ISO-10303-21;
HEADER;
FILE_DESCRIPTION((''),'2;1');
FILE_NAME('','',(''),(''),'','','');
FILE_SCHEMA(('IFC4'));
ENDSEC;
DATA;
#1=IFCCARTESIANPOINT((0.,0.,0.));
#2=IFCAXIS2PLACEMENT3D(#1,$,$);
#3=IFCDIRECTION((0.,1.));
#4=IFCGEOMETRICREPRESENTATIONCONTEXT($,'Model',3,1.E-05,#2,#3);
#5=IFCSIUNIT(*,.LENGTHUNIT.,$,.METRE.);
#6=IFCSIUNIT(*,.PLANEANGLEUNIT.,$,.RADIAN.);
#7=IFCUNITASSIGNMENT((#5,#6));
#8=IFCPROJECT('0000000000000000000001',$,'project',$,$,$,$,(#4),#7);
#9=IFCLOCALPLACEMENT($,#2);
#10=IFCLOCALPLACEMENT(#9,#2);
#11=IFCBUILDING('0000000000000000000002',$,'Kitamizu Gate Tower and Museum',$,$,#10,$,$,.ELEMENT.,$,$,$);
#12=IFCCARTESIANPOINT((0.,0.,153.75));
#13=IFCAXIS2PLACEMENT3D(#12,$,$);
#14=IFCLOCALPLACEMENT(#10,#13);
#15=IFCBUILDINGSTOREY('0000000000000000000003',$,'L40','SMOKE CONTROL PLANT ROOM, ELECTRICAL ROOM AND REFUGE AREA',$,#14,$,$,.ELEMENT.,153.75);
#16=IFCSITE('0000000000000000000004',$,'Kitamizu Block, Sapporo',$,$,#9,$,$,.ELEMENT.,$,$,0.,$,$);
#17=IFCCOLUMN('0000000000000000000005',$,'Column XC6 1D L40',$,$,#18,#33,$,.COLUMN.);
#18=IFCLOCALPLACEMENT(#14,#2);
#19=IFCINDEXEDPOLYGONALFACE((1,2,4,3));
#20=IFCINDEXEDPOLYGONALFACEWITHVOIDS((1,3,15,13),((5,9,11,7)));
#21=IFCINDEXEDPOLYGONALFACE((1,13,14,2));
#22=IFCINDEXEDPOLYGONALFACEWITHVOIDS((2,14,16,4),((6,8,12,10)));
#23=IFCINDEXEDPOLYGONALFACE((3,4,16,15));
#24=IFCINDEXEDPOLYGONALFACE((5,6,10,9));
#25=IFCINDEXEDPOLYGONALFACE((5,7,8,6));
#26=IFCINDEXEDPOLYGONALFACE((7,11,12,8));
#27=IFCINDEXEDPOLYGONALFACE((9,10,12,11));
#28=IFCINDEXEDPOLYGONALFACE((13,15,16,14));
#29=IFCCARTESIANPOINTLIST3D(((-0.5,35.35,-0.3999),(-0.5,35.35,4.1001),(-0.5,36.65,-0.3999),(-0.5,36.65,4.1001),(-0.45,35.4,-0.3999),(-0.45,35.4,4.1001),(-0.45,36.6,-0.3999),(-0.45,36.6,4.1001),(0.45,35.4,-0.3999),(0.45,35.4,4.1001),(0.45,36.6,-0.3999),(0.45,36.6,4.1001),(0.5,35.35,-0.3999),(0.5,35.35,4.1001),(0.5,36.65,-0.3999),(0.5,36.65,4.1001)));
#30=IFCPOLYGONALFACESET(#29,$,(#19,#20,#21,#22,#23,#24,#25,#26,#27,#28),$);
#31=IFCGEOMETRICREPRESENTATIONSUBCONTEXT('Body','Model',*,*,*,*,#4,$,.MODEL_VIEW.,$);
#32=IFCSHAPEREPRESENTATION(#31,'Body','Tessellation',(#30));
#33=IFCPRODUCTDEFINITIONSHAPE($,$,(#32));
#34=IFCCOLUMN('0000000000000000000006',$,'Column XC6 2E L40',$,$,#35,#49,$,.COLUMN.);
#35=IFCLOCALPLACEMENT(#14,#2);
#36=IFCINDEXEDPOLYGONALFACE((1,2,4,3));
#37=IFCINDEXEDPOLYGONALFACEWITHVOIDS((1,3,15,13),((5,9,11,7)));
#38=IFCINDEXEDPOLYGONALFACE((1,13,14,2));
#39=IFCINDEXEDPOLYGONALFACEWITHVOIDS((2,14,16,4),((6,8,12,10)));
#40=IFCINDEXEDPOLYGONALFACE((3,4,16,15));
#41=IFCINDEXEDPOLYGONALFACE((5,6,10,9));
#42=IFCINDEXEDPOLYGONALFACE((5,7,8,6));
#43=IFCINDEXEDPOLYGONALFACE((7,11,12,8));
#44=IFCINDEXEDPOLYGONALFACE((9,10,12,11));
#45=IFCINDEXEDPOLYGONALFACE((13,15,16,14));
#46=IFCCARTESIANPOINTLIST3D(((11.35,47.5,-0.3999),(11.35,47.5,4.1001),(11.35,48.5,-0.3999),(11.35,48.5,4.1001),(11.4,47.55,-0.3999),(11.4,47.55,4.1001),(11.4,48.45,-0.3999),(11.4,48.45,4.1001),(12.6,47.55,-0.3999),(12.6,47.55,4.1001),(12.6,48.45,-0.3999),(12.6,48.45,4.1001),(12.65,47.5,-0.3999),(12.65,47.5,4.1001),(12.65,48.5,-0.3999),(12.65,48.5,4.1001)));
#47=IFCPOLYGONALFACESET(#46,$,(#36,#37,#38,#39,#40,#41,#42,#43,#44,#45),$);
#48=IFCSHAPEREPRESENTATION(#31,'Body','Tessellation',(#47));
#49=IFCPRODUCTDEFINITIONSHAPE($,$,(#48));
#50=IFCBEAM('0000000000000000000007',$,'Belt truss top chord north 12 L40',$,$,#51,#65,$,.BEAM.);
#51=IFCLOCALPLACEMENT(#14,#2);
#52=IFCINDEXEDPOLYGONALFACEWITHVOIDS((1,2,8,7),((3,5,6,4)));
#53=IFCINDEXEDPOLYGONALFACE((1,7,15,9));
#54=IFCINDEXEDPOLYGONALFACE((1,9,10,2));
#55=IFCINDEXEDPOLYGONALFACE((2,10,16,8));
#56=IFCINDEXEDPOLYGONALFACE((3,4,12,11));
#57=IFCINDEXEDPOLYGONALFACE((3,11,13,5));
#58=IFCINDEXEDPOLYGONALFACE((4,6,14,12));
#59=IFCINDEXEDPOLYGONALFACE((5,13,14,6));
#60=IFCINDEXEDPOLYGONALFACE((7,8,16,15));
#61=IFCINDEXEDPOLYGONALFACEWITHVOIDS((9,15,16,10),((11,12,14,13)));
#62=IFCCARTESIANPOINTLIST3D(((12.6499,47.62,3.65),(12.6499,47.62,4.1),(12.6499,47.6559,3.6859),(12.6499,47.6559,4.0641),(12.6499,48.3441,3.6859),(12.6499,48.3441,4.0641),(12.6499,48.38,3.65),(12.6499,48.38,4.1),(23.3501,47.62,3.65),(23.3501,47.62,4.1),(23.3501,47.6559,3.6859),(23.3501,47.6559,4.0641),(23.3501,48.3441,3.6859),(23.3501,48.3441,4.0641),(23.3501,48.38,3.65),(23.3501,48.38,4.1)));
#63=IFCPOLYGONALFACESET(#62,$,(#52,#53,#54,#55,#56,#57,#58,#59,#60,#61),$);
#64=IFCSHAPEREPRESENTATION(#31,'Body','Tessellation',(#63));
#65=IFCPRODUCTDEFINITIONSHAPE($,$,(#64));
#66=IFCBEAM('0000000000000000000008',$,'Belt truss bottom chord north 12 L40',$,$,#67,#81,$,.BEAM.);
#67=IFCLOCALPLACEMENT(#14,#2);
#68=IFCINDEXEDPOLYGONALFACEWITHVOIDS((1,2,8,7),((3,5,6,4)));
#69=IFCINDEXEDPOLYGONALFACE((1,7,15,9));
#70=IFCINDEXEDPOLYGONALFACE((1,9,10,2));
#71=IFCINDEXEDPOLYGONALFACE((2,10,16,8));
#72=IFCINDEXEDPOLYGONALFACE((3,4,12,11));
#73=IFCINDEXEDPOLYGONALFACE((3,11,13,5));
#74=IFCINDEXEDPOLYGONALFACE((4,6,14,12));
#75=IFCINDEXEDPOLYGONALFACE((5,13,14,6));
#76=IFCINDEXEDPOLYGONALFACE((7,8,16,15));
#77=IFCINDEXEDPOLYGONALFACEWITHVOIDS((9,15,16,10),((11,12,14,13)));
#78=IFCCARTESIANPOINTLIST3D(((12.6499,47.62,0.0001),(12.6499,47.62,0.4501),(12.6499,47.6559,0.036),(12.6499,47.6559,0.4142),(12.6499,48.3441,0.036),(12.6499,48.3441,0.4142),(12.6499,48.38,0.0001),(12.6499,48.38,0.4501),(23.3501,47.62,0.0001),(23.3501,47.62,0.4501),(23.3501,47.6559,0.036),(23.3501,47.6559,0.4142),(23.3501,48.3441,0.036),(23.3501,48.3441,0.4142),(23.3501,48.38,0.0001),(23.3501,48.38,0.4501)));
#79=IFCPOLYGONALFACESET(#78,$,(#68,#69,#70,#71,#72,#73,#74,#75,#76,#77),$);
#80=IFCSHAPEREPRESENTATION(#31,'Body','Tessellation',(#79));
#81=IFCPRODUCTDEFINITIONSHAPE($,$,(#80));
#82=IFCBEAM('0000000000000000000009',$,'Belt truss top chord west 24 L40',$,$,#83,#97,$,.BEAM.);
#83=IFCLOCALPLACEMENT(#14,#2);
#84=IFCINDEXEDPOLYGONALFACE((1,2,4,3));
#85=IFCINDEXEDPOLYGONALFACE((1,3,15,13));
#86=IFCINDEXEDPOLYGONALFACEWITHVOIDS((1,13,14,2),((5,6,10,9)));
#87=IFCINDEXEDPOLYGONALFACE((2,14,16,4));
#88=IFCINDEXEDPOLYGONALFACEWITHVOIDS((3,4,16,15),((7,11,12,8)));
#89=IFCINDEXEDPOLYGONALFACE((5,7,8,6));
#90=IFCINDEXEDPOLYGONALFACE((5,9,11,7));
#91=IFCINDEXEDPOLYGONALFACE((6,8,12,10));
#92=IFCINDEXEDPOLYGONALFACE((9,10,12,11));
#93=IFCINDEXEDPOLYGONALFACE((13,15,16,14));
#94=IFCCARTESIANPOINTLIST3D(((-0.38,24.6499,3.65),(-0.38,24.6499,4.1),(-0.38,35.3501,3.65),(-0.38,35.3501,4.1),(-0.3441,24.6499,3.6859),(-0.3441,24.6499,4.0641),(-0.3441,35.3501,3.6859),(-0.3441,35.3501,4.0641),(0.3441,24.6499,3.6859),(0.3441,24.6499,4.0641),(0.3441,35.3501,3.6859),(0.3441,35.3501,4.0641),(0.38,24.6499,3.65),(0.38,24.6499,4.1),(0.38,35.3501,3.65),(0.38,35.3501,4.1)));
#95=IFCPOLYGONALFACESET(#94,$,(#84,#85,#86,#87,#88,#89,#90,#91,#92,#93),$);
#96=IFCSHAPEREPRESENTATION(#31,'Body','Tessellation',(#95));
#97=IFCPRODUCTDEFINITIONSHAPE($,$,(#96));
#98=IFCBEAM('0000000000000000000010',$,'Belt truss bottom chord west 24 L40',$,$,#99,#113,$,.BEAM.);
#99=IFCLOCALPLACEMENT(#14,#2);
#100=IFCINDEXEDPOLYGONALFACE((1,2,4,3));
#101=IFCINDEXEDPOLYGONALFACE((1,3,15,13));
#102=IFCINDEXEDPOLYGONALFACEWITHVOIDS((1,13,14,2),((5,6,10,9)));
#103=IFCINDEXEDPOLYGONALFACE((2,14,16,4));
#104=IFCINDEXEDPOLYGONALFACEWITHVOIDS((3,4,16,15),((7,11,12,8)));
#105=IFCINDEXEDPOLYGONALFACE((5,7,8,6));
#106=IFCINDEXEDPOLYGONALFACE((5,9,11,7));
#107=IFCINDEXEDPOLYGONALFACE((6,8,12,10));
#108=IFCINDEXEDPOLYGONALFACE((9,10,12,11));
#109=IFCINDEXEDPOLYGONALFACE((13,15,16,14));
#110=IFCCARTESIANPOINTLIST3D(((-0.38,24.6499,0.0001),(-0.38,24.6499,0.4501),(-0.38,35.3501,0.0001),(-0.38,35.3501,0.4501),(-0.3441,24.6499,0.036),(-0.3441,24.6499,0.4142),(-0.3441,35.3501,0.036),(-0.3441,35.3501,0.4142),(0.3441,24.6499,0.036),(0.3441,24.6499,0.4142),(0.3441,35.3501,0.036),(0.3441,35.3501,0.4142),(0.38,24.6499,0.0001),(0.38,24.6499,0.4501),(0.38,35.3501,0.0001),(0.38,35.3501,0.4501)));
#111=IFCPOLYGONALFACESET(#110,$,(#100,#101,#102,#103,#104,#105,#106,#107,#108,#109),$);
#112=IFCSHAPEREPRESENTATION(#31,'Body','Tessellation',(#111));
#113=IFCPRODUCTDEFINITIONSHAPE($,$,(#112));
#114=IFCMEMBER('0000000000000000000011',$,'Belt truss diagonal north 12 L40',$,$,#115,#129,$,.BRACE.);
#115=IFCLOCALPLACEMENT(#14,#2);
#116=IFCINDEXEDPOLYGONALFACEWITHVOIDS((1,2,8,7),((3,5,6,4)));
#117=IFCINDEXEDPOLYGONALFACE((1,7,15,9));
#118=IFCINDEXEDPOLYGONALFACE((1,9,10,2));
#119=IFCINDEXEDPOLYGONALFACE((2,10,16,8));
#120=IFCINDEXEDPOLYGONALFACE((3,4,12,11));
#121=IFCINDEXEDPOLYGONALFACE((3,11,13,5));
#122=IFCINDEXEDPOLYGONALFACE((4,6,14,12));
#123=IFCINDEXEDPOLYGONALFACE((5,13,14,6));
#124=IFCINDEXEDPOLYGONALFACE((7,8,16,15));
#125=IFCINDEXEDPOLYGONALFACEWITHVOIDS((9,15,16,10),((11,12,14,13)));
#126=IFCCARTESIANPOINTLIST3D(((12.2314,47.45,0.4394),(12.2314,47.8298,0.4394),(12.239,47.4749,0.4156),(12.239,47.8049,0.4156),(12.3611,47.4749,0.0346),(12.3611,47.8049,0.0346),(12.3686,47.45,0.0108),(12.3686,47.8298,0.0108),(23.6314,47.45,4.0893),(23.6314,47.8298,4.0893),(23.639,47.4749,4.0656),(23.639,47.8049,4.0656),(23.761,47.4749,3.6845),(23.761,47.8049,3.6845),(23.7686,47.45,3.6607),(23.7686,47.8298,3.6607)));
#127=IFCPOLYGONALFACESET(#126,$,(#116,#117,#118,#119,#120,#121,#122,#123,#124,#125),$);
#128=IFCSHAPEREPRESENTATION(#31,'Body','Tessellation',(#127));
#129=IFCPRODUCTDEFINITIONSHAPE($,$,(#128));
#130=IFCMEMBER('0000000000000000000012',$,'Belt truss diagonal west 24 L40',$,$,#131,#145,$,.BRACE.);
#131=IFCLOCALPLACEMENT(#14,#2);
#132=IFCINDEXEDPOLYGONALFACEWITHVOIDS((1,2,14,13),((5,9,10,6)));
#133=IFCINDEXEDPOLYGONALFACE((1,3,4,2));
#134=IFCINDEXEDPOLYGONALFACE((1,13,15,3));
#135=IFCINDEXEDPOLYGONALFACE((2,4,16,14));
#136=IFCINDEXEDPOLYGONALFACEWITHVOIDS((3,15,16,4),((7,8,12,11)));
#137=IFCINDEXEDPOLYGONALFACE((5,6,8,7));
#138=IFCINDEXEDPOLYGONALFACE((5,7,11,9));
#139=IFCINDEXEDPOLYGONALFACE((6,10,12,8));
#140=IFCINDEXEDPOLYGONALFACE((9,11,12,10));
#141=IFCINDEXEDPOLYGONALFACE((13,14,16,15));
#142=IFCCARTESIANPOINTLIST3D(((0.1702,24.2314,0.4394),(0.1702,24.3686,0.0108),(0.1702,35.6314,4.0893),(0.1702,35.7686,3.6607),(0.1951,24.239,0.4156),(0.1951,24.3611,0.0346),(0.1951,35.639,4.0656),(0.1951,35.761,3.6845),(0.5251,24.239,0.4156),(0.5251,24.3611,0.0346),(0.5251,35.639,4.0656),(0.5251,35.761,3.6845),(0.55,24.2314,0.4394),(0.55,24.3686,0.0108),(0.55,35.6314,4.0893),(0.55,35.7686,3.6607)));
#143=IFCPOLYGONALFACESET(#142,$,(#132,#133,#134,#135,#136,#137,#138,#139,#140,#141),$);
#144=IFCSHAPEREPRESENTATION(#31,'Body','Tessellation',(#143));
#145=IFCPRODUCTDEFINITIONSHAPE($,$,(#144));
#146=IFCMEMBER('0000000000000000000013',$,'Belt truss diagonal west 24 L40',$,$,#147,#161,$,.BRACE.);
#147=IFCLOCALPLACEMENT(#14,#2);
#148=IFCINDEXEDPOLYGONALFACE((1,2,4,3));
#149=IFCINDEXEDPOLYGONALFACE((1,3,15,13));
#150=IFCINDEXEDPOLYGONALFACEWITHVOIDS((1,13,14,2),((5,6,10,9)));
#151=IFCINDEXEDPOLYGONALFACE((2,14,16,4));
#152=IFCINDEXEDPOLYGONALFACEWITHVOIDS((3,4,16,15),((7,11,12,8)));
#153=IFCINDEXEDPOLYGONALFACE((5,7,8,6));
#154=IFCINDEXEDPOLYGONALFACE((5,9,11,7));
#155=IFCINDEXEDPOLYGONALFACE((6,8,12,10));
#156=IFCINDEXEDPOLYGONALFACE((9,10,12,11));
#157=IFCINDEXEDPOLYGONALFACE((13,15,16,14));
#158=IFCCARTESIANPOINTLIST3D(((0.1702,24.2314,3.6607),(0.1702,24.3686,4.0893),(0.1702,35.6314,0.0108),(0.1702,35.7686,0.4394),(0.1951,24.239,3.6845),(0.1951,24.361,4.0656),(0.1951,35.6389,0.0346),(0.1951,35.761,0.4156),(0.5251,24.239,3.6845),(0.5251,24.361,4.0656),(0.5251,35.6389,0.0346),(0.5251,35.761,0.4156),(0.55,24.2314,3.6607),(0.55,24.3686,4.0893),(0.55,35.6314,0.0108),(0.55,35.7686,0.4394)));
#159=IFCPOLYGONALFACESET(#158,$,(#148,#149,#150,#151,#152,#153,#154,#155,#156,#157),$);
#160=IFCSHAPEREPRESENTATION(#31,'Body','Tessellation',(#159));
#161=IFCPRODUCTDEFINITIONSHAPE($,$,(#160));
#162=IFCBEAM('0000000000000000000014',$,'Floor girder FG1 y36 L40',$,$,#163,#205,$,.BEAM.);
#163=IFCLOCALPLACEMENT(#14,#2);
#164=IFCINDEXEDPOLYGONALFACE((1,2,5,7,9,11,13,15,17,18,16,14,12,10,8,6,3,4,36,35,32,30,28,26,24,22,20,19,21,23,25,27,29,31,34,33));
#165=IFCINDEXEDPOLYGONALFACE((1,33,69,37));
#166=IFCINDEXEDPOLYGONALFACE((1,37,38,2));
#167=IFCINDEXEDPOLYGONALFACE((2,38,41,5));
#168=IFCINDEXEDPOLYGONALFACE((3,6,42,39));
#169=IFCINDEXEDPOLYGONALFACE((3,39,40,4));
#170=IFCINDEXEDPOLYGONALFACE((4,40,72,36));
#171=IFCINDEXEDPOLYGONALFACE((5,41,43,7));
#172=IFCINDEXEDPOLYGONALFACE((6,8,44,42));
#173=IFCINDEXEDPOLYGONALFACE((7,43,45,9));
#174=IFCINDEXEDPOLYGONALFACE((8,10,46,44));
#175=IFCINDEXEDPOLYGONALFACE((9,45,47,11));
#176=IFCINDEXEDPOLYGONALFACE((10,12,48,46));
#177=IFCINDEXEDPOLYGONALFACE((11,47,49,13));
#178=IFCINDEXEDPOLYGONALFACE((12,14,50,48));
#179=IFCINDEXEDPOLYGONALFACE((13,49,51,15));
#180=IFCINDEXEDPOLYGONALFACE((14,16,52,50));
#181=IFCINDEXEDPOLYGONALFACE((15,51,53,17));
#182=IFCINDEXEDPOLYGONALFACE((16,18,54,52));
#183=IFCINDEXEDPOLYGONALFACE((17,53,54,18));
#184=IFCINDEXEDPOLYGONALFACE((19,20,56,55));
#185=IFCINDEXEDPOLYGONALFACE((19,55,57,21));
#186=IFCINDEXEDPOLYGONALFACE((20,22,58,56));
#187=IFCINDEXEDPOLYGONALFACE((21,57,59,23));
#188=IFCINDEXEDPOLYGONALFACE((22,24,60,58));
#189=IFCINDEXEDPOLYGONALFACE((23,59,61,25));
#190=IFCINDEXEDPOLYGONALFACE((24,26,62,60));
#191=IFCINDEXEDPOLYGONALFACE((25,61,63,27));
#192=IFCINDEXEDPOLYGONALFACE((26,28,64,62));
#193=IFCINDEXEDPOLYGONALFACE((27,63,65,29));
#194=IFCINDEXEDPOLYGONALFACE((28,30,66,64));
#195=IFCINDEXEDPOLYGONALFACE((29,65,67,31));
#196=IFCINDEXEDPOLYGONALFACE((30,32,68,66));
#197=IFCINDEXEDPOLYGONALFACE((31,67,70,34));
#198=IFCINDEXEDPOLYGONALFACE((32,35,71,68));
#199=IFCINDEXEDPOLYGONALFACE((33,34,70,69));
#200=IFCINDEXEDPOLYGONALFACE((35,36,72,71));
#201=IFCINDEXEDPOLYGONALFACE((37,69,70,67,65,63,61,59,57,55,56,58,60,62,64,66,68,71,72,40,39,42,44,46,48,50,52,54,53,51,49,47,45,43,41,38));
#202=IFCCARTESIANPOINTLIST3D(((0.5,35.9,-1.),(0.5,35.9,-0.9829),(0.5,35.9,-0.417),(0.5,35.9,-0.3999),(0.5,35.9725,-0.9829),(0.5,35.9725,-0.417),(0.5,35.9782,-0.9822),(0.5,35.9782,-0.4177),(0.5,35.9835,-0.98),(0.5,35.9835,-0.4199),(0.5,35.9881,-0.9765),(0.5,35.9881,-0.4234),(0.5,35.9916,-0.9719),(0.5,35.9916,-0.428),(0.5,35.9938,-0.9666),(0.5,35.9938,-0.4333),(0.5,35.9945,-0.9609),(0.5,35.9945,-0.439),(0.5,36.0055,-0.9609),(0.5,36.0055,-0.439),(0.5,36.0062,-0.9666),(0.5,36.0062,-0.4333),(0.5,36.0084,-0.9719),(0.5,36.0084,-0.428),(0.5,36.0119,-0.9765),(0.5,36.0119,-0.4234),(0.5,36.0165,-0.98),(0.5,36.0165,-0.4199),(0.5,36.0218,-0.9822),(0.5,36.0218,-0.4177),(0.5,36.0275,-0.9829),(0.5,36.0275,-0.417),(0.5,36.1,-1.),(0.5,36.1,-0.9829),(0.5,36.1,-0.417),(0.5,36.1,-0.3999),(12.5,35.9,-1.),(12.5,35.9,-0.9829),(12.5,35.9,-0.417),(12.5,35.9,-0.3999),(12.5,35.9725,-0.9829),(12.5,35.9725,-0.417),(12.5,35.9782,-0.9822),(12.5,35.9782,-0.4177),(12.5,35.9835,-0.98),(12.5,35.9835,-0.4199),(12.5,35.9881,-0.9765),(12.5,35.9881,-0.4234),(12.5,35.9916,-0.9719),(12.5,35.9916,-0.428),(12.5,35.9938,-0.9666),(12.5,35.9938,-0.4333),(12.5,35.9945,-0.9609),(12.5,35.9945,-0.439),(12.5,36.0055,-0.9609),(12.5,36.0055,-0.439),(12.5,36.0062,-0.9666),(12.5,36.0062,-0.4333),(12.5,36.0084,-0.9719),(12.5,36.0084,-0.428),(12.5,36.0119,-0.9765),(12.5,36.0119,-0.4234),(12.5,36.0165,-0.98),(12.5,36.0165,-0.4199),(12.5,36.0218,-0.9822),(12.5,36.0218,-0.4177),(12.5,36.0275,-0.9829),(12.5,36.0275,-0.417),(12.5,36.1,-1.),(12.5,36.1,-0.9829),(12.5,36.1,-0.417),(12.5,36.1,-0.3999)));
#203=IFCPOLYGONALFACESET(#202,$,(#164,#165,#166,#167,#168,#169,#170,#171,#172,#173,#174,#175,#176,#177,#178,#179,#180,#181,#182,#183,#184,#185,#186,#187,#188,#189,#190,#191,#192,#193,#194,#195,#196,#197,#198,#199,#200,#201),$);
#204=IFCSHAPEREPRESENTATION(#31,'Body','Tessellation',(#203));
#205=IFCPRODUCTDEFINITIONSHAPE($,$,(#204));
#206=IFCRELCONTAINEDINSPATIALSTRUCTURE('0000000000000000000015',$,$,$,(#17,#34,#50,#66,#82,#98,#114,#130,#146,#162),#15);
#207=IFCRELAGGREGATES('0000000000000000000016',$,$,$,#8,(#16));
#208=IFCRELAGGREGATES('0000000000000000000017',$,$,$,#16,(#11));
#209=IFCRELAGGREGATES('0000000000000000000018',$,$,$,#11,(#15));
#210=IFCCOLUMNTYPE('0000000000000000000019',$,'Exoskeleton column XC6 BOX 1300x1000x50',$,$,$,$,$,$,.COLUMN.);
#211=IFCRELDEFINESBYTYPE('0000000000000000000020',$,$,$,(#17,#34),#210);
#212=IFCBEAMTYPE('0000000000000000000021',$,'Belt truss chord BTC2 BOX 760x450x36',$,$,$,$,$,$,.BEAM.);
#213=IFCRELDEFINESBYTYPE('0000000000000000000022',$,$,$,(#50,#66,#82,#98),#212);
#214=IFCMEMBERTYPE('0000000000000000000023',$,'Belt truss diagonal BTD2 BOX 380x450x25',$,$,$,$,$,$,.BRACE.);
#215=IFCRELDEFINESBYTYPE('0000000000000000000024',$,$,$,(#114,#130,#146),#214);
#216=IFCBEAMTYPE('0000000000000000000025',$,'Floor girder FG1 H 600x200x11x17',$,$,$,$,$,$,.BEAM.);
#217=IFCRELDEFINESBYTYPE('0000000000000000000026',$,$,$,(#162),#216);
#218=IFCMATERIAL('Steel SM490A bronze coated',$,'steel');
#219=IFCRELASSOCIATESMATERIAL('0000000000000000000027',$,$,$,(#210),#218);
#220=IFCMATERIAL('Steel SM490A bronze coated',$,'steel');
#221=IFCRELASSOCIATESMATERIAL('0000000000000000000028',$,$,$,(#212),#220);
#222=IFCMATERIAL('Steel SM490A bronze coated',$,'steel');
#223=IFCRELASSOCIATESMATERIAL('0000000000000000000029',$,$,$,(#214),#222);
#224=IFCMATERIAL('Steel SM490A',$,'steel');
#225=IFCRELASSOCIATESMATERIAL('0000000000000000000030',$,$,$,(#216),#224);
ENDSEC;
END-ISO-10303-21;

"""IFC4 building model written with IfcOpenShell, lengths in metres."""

from ifc_helpers import new_model, si_unit, direction, frame, origin, origin_2d, place, context, subcontext, project, spatial, hollow_rectangle, i_section, extrude, material, material_profile, profile_set, type_object, element, save


model = new_model("IFC4")

# Units and contexts
model_context = context("Model", 3, precision=1e-05, world=origin(), true_north=direction((0.0, 1.0)))
body_context = subcontext(model_context, "Body", "Model", "MODEL_VIEW")
ifc_project = project(units=[si_unit("LENGTHUNIT", "METRE"), si_unit("PLANEANGLEUNIT", "RADIAN")], contexts=[model_context])

# Site, building, storey
site_placement = place(None, origin())
site = spatial("IfcSite", under=ifc_project, at=site_placement, Name="Kitamizu Block, Sapporo", CompositionType="ELEMENT", RefElevation=0.0)
building_placement = place(site_placement, origin())
building = spatial("IfcBuilding", under=site, at=building_placement, Name="Kitamizu Gate Tower and Museum", CompositionType="ELEMENT")
storey_placement = place(building_placement, frame((0.0, 0.0, 153.75)))
storey = spatial("IfcBuildingStorey", under=building, at=storey_placement, Name="L40", Description="SMOKE CONTROL PLANT ROOM, ELECTRICAL ROOM AND REFUGE AREA", CompositionType="ELEMENT", Elevation=153.75)

# Columns
ifc_material_1 = material(Name="Steel SM490A bronze coated", Category="steel")
ifc_material_profile_1 = material_profile(ifc_material_1, hollow_rectangle(XDim=1.3, YDim=1.0, WallThickness=0.05, at=origin_2d()), Name="BOX 1300x1000x50")
ifc_profile_set_1 = profile_set([ifc_material_profile_1], Name="Steel SM490A bronze coated")
column_type = type_object("IfcColumnType", Name="Exoskeleton column XC6 BOX 1300x1000x50", PredefinedType="COLUMN", material=ifc_profile_set_1)
for number, where, z_axis, x_axis, name in (
    (1, (0.0, 36.0, -0.3999), (0.0, 0.0, 1.0), (0.0, 1.0, 0.0), "Column XC6 1D L40"),
    (2, (12.0, 48.0, -0.3999), (0.0, 0.0, 1.0), (1.0, 0.0, 0.0), "Column XC6 2E L40"),
):
    element("IfcColumn", number, at=place(storey_placement, frame(where, z_axis=z_axis, x_axis=x_axis)), inside=storey, type_object=column_type, Name=name, PredefinedType="COLUMN", context=body_context, shape_type="SweptSolid", body=[
        extrude(hollow_rectangle(XDim=1.3, YDim=1.0, WallThickness=0.05, at=origin_2d()), origin(), (0.0, 0.0, 1.0), 4.5),
    ])

# Beams
ifc_material_2 = material(Name="Steel SM490A bronze coated", Category="steel")
ifc_material_profile_2 = material_profile(ifc_material_2, hollow_rectangle(XDim=0.76, YDim=0.45, WallThickness=0.0359, at=origin_2d()), Name="BOX 760x450x36")
ifc_profile_set_2 = profile_set([ifc_material_profile_2], Name="Steel SM490A bronze coated")
beam_type_1 = type_object("IfcBeamType", Name="Belt truss chord BTC2 BOX 760x450x36", PredefinedType="BEAM", material=ifc_profile_set_2)
for number, where, z_axis, x_axis, name in (
    (3, (12.6499, 48.0, 3.875), (1.0, 0.0, 0.0), (0.0, 1.0, 0.0), "Belt truss top chord north 12 L40"),
    (4, (12.6499, 48.0, 0.2251), (1.0, 0.0, 0.0), (0.0, 1.0, 0.0), "Belt truss bottom chord north 12 L40"),
    (5, (0.0, 24.6499, 3.875), (0.0, 1.0, 0.0), (-1.0, 0.0, 0.0), "Belt truss top chord west 24 L40"),
    (6, (0.0, 24.6499, 0.2251), (0.0, 1.0, 0.0), (-1.0, 0.0, 0.0), "Belt truss bottom chord west 24 L40"),
):
    element("IfcBeam", number, at=place(storey_placement, frame(where, z_axis=z_axis, x_axis=x_axis)), inside=storey, type_object=beam_type_1, Name=name, PredefinedType="BEAM", context=body_context, shape_type="SweptSolid", body=[
        extrude(hollow_rectangle(XDim=0.76, YDim=0.45, WallThickness=0.0359, at=origin_2d()), origin(), (0.0, 0.0, 1.0), 10.7002),
    ])

# Members
ifc_material_3 = material(Name="Steel SM490A bronze coated", Category="steel")
ifc_material_profile_3 = material_profile(ifc_material_3, hollow_rectangle(XDim=0.3799, YDim=0.45, WallThickness=0.0249, at=origin_2d()), Name="BOX 380x450x25")
ifc_profile_set_3 = profile_set([ifc_material_profile_3], Name="Steel SM490A bronze coated")
member_type = type_object("IfcMemberType", Name="Belt truss diagonal BTD2 BOX 380x450x25", PredefinedType="BRACE", material=ifc_profile_set_3)
for number, where, z_axis, x_axis, name in (
    (7, (12.3, 47.6399, 0.2251), (0.952377, 0.0, 0.304922), (0.0, 1.0, 0.0), "Belt truss diagonal north 12 L40"),
    (8, (0.3601, 24.3, 0.2251), (0.0, 0.952377, 0.304922), (-1.0, 0.0, 0.0), "Belt truss diagonal west 24 L40"),
    (9, (0.3601, 35.7, 0.2251), (0.0, -0.952377, 0.304922), (1.0, 0.0, 0.0), "Belt truss diagonal west 24 L40"),
):
    element("IfcMember", number, at=place(storey_placement, frame(where, z_axis=z_axis, x_axis=x_axis)), inside=storey, type_object=member_type, Name=name, PredefinedType="BRACE", context=body_context, shape_type="SweptSolid", body=[
        extrude(hollow_rectangle(XDim=0.3799, YDim=0.45, WallThickness=0.0249, at=origin_2d()), origin(), (0.0, 0.0, 1.0), 11.97),
    ])

# Beam
ifc_material_4 = material(Name="Steel SM490A", Category="steel")
ifc_material_profile_4 = material_profile(ifc_material_4, i_section(OverallWidth=0.2, OverallDepth=0.6001, WebThickness=0.011, FlangeThickness=0.0171, FilletRadius=0.022, at=origin_2d()), Name="H-600x200x11x17")
ifc_profile_set_4 = profile_set([ifc_material_profile_4], Name="Steel SM490A")
beam_type_2 = type_object("IfcBeamType", Name="Floor girder FG1 H 600x200x11x17", PredefinedType="BEAM", material=ifc_profile_set_4)
beam_placement = place(storey_placement, frame((0.5, 36.0, -0.7), z_axis=(1.0, 0.0, 0.0), x_axis=(0.0, 1.0, 0.0)))
element("IfcBeam", 10, at=beam_placement, inside=storey, type_object=beam_type_2, Name="Floor girder FG1 y36 L40", PredefinedType="BEAM", context=body_context, shape_type="SweptSolid", body=[
    extrude(i_section(OverallWidth=0.2, OverallDepth=0.6001, WebThickness=0.011, FlangeThickness=0.0171, FilletRadius=0.022, at=origin_2d()), origin(), (0.0, 0.0, 1.0), 12.0),
])

save(model, "model.ifc")
